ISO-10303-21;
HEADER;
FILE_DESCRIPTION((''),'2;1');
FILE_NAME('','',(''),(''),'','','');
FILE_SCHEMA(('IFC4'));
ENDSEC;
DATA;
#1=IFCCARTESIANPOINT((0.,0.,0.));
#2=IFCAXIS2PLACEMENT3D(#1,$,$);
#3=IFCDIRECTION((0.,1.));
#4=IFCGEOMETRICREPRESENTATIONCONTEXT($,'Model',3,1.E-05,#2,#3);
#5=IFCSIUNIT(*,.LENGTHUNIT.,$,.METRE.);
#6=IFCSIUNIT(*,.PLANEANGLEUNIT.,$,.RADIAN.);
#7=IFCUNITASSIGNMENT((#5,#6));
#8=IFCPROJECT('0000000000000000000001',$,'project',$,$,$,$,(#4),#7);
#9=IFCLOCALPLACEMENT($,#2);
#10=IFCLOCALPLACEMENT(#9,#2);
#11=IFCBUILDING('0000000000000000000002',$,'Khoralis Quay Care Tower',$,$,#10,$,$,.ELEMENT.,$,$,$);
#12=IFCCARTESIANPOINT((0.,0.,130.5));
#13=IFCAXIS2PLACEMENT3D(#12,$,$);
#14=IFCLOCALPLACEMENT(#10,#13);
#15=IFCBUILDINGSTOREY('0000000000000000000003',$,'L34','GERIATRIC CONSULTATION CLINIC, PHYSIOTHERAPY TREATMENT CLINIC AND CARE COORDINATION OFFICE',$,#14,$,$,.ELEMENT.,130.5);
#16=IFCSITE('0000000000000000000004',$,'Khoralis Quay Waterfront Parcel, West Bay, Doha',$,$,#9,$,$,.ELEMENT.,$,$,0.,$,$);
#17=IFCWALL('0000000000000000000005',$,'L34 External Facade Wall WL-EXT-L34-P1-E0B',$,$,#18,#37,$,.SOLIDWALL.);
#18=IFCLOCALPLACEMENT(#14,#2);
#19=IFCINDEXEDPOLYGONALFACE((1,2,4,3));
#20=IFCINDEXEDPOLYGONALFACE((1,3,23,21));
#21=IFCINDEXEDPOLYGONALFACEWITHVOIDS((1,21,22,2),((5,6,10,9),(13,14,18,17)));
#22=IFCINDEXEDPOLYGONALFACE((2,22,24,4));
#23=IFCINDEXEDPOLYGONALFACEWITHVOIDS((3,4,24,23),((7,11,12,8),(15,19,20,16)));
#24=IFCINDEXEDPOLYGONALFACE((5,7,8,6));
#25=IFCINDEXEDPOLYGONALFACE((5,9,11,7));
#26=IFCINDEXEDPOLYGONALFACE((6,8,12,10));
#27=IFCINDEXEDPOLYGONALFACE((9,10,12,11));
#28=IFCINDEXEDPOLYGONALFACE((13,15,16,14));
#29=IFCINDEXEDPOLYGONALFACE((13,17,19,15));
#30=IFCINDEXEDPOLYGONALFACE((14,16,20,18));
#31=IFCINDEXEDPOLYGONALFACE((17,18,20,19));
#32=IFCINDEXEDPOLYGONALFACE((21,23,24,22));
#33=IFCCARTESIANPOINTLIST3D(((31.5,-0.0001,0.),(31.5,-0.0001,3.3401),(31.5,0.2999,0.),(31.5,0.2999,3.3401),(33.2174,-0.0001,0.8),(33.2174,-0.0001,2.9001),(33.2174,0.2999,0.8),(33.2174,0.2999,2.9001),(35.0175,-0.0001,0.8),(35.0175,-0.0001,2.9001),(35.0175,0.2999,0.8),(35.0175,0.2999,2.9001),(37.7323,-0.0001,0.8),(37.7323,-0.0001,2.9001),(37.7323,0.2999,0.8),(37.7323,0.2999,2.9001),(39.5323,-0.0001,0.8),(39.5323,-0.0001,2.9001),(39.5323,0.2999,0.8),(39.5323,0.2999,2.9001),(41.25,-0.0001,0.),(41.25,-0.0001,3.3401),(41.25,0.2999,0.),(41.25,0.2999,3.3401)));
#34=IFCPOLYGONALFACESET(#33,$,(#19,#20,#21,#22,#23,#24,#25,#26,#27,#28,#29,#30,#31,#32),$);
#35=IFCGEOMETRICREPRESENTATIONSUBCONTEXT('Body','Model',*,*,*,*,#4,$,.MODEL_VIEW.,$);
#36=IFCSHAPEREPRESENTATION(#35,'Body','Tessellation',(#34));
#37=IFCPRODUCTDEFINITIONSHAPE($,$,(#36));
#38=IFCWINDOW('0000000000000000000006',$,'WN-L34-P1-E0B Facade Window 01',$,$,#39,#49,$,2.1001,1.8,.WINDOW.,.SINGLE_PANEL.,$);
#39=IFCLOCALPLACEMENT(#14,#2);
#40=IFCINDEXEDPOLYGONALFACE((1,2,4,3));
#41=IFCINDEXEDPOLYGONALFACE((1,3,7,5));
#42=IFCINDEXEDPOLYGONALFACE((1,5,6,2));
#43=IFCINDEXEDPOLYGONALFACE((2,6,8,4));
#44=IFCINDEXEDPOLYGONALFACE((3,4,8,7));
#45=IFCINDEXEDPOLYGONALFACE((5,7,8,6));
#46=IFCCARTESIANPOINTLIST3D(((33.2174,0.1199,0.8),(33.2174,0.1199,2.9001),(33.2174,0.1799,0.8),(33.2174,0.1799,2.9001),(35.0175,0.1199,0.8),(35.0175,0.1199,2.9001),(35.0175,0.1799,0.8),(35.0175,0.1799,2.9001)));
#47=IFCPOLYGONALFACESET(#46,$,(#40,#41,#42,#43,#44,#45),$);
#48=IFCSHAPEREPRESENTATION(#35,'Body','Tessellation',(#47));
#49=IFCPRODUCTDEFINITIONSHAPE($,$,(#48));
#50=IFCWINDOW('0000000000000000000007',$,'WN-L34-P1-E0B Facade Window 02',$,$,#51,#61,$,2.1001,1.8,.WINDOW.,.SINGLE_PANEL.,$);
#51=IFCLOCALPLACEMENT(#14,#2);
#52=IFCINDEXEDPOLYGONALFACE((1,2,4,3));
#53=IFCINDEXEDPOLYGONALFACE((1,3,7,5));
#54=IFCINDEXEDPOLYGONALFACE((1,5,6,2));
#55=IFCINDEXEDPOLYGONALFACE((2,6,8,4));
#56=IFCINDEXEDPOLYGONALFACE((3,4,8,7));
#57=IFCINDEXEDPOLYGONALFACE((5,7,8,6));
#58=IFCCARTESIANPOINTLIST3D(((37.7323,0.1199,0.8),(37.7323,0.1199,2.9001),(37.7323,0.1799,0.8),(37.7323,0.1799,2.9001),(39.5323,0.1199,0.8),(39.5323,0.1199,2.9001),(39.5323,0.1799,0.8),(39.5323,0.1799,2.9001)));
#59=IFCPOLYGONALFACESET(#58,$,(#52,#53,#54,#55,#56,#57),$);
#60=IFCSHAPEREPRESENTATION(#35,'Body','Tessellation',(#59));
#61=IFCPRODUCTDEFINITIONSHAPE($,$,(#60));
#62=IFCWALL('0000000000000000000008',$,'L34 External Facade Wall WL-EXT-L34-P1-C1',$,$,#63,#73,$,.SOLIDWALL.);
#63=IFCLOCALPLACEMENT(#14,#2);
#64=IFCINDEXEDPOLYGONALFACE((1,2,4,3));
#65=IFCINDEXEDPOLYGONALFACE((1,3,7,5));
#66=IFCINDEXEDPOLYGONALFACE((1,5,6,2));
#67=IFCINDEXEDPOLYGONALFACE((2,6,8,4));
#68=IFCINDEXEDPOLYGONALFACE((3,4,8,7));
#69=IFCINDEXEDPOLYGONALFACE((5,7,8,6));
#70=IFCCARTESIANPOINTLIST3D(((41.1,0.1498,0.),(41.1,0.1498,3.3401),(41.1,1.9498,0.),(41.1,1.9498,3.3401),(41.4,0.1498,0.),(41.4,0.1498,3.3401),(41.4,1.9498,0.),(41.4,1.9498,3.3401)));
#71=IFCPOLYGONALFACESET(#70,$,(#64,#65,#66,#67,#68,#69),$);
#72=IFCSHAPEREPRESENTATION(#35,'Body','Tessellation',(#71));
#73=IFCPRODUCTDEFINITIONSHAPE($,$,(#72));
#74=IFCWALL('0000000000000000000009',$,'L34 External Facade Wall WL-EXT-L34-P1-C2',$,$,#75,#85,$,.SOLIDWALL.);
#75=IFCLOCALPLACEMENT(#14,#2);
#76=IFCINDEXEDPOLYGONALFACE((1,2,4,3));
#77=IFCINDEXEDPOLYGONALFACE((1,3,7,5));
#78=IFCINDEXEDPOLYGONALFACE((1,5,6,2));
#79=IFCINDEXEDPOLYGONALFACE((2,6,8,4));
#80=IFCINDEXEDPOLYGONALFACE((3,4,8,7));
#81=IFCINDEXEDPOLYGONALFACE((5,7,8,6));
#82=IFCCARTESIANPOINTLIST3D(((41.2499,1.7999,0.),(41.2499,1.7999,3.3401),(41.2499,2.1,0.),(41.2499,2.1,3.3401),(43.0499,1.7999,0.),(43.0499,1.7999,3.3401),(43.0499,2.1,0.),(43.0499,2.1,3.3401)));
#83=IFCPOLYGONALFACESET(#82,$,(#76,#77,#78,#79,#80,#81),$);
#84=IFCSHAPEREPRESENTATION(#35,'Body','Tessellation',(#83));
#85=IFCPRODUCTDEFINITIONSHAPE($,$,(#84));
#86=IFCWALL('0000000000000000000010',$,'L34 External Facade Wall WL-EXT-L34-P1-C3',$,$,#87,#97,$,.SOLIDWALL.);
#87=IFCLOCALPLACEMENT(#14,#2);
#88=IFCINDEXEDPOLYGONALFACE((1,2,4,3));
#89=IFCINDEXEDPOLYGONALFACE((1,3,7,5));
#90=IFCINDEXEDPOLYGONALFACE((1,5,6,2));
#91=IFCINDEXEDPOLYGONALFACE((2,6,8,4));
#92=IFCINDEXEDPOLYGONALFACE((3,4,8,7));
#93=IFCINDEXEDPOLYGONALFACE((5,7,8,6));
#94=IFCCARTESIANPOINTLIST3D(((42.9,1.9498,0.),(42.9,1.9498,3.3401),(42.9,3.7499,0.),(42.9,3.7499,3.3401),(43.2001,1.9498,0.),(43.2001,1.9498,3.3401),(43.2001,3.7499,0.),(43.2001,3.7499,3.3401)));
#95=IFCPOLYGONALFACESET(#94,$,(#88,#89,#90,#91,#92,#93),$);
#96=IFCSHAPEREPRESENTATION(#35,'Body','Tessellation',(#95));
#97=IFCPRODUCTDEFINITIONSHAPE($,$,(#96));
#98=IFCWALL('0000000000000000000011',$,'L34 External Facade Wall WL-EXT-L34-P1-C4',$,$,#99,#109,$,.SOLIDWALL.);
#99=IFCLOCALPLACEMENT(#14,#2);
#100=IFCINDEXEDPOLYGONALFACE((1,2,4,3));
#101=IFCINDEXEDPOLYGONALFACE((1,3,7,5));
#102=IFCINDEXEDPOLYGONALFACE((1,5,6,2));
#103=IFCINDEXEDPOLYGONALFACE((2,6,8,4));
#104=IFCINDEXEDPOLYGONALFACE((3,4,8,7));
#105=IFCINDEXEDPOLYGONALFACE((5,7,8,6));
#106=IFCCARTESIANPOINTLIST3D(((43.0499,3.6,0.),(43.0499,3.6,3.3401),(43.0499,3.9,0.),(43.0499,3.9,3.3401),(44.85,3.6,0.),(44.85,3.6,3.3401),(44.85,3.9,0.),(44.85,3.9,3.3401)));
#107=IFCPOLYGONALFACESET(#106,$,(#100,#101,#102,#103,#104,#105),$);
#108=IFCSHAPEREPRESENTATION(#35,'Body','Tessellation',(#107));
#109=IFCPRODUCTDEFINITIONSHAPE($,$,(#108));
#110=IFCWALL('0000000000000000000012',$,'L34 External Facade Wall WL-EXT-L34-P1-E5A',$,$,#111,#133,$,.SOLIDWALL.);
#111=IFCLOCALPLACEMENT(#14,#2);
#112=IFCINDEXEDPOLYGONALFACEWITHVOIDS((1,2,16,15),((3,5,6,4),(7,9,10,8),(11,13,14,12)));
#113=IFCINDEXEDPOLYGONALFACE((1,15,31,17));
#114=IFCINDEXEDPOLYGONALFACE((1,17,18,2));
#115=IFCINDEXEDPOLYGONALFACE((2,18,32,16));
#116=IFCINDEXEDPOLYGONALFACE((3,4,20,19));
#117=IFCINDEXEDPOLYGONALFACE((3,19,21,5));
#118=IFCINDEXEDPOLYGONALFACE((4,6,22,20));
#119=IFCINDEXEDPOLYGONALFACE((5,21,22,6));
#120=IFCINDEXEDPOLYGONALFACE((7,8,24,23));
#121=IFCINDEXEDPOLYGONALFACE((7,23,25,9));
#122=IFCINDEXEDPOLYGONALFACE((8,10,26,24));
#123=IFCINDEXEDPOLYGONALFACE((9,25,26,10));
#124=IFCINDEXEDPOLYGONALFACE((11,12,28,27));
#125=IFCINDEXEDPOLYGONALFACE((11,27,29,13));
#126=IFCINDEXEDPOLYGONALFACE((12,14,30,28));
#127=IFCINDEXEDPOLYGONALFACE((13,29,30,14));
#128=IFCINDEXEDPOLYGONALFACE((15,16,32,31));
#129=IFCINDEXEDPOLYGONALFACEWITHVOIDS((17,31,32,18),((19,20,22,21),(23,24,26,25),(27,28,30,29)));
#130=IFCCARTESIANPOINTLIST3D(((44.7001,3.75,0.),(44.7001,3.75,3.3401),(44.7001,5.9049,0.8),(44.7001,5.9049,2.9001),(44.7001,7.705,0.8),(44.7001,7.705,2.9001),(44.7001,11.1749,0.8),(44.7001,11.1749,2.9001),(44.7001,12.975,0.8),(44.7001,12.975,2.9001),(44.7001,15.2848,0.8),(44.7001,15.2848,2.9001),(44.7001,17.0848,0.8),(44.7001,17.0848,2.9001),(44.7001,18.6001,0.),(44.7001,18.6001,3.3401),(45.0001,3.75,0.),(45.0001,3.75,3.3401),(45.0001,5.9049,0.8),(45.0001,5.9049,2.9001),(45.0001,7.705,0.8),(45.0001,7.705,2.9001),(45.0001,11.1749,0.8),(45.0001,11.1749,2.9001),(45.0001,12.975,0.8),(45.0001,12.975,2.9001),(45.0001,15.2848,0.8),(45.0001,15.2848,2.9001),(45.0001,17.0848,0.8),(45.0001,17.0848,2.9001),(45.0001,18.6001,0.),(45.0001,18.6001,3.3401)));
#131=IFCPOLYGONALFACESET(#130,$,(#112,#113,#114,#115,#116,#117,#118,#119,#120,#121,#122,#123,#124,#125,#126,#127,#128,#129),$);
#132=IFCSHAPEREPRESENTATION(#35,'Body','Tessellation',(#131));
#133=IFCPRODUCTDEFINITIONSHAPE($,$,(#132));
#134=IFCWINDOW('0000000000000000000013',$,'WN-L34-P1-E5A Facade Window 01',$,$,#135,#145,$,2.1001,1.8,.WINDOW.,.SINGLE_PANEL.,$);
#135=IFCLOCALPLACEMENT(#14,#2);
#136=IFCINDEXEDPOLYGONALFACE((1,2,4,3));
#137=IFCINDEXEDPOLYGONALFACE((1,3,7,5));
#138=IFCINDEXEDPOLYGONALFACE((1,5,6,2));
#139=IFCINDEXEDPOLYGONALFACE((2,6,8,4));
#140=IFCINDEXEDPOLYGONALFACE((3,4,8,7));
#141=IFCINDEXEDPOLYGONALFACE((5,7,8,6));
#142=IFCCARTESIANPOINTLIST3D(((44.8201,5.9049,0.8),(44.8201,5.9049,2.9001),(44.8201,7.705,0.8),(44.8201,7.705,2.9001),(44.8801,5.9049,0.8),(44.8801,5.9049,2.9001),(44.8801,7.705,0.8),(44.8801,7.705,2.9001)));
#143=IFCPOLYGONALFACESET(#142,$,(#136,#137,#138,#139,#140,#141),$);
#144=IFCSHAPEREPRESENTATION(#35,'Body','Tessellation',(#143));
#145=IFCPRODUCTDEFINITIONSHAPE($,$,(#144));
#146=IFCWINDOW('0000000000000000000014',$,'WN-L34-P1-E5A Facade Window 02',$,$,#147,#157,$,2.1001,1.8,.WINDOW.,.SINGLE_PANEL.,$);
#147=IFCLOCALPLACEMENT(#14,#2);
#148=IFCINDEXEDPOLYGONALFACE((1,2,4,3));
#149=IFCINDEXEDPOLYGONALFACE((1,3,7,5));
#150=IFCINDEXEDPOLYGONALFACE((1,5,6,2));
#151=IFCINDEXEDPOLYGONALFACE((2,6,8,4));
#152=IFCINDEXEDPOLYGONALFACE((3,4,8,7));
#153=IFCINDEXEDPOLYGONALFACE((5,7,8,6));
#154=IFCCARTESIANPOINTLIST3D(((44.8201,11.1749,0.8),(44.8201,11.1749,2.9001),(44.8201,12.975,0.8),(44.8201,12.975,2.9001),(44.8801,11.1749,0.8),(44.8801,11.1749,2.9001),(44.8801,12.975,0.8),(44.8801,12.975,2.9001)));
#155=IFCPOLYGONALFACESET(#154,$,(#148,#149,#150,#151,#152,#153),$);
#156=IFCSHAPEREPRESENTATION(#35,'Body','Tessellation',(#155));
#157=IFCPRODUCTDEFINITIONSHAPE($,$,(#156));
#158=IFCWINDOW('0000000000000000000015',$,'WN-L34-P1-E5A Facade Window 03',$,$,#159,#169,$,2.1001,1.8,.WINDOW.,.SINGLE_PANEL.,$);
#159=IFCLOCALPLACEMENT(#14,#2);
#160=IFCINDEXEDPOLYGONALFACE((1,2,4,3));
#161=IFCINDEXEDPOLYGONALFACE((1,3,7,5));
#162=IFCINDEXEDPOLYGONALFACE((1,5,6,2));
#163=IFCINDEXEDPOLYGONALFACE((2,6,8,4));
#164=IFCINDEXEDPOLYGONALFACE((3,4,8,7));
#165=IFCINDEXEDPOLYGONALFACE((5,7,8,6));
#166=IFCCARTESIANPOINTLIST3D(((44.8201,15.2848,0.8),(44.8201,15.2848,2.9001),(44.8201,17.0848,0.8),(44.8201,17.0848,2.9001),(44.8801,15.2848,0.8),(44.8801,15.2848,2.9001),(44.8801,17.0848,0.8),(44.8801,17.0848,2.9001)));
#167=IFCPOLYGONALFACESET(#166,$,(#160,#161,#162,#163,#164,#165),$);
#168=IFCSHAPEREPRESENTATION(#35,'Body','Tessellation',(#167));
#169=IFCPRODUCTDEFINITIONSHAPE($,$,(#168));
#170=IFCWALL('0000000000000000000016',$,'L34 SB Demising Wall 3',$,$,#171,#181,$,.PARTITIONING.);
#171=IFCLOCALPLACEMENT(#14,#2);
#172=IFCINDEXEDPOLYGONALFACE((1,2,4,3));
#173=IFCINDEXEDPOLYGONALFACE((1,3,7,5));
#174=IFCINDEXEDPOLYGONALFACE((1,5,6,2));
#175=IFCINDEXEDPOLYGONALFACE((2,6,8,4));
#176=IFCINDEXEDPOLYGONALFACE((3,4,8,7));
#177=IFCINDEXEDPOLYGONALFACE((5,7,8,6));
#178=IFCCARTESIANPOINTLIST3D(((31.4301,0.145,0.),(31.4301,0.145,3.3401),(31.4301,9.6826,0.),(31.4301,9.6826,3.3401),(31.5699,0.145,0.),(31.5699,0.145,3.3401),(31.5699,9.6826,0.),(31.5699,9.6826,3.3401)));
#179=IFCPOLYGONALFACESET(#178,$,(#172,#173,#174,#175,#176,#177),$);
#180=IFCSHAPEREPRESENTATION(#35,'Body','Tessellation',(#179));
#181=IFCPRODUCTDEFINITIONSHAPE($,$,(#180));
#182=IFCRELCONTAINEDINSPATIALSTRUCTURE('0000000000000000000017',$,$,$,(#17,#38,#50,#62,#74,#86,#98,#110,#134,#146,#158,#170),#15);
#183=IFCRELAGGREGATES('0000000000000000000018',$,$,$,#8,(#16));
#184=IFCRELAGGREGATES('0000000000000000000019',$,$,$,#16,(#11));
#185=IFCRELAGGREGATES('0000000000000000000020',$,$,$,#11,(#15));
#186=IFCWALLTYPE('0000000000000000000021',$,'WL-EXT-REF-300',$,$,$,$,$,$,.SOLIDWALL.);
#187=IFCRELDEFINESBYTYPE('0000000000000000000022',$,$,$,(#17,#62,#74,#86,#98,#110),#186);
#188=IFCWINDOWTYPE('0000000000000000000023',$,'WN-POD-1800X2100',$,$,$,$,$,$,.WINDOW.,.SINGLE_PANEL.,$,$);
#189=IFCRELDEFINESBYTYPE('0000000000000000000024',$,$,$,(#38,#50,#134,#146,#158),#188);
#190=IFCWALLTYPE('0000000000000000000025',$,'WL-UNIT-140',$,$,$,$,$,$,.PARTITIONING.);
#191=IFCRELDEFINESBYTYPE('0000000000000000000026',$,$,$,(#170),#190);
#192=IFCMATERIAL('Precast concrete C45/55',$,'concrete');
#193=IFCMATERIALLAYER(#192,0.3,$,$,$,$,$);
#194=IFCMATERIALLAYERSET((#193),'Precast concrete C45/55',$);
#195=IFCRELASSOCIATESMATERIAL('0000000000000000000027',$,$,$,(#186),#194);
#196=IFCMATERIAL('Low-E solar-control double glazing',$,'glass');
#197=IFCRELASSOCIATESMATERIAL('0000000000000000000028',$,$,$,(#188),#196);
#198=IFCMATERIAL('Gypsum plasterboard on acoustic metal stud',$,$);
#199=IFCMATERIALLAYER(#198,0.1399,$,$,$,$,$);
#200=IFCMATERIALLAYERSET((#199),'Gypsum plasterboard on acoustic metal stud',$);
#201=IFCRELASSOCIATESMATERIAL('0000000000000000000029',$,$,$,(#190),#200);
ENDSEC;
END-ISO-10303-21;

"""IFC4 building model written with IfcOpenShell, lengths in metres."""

from ifc_helpers import new_model, si_unit, direction, frame, frame_2d, origin, place, context, subcontext, project, spatial, rectangle, extrude, source, transform, mapped, material, layer, layer_set, type_object, element, fill, save


model = new_model("IFC4")

# Units and contexts
model_context = context("Model", 3, precision=1e-05, world=origin(), true_north=direction((0.0, 1.0)))
body_context = subcontext(model_context, "Body", "Model", "MODEL_VIEW")
ifc_project = project(units=[si_unit("LENGTHUNIT", "METRE"), si_unit("PLANEANGLEUNIT", "RADIAN")], contexts=[model_context])

# Site, building, storey
site_placement = place(None, origin())
site = spatial("IfcSite", under=ifc_project, at=site_placement, Name="Khoralis Quay Waterfront Parcel, West Bay, Doha", CompositionType="ELEMENT", RefElevation=0.0)
building_placement = place(site_placement, origin())
building = spatial("IfcBuilding", under=site, at=building_placement, Name="Khoralis Quay Care Tower", CompositionType="ELEMENT")
storey_placement = place(building_placement, frame((0.0, 0.0, 130.5)))
storey = spatial("IfcBuildingStorey", under=building, at=storey_placement, Name="L34", Description="GERIATRIC CONSULTATION CLINIC, PHYSIOTHERAPY TREATMENT CLINIC AND CARE COORDINATION OFFICE", CompositionType="ELEMENT", Elevation=130.5)

# Shared definitions
ifc_material_1 = material(Name="Gypsum plasterboard on acoustic metal stud")

# Wall, openings, windows
ifc_material_2 = material(Name="Precast concrete C45/55", Category="concrete")
ifc_layer_1 = layer(ifc_material_2, 0.3)
ifc_layer_set_1 = layer_set([ifc_layer_1], Name="Precast concrete C45/55")
wall_type_1 = type_object("IfcWallType", Name="WL-EXT-REF-300", PredefinedType="SOLIDWALL", material=ifc_layer_set_1)
wall_1_placement = place(storey_placement, frame((31.5, 0.1499, 0.0), z_axis=(0.0, 0.0, 1.0), x_axis=(1.0, 0.0, 0.0)))
wall_1 = element("IfcWall", 1, at=wall_1_placement, inside=storey, type_object=wall_type_1, Name="L34 External Facade Wall WL-EXT-L34-P1-E0B", PredefinedType="SOLIDWALL", context=body_context, shape_type="SweptSolid", body=[
    extrude(rectangle(XDim=9.75, YDim=0.3, at=frame_2d((4.875, 0.0))), origin(), (0.0, 0.0, 1.0), 3.3401),
])
opening_1_placement = place(wall_1_placement, frame((1.7175, 0.0, 0.8)))
opening_1 = element("IfcOpeningElement", 2, at=opening_1_placement, cuts=wall_1, PredefinedType="OPENING", context=body_context, shape_type="SweptSolid", body=[
    extrude(rectangle(XDim=1.8, YDim=2.1001, at=frame_2d((0.8999, 1.05))), frame((0.0, 0.1602, 0.0), z_axis=(0.0, -1.0, 0.0), x_axis=(1.0, 0.0, 0.0)), (0.0, 0.0, 1.0), 0.3201),
])
opening_2_placement = place(wall_1_placement, frame((6.2324, 0.0, 0.8)))
opening_2 = element("IfcOpeningElement", 3, at=opening_2_placement, cuts=wall_1, PredefinedType="OPENING", context=body_context, shape_type="SweptSolid", body=[
    extrude(rectangle(XDim=1.8, YDim=2.1001, at=frame_2d((0.8999, 1.05))), frame((0.0, 0.1602, 0.0), z_axis=(0.0, -1.0, 0.0), x_axis=(1.0, 0.0, 0.0)), (0.0, 0.0, 1.0), 0.3201),
])
ifc_material_3 = material(Name="Low-E solar-control double glazing", Category="glass")
window_type = type_object("IfcWindowType", Name="WN-POD-1800X2100", PartitioningType="SINGLE_PANEL", PredefinedType="WINDOW", material=ifc_material_3)
shared_shape_1 = source(origin(), body_context, "Body", "SweptSolid", [
    extrude(rectangle(XDim=1.8, YDim=2.1001, at=frame_2d((0.8999, 1.05))), frame((0.0, 0.03, 0.0), z_axis=(0.0, -1.0, 0.0), x_axis=(1.0, 0.0, 0.0)), (0.0, 0.0, 1.0), 0.0601),
])
window_1_placement = place(opening_1_placement, origin())
window_1 = element("IfcWindow", 4, at=window_1_placement, inside=storey, type_object=window_type, Name="WN-L34-P1-E0B Facade Window 01", OverallHeight=2.1001, OverallWidth=1.8, PartitioningType="SINGLE_PANEL", PredefinedType="WINDOW", context=body_context, shape_type="MappedRepresentation", body=[
    mapped(shared_shape_1, transform((0.0, 0.0, 0.0), scale=1.0)),
])
fill(opening_1, window_1)
window_2_placement = place(opening_2_placement, origin())
window_2 = element("IfcWindow", 5, at=window_2_placement, inside=storey, type_object=window_type, Name="WN-L34-P1-E0B Facade Window 02", OverallHeight=2.1001, OverallWidth=1.8, PartitioningType="SINGLE_PANEL", PredefinedType="WINDOW", context=body_context, shape_type="MappedRepresentation", body=[
    mapped(shared_shape_1, transform((0.0, 0.0, 0.0), scale=1.0)),
])
fill(opening_2, window_2)

# Walls
for number, where, z_axis, x_axis, name in (
    (6, (41.25, 0.1499, 0.0), (0.0, 0.0, 1.0), (0.0, 1.0, 0.0), "L34 External Facade Wall WL-EXT-L34-P1-C1"),
    (7, (41.25, 1.95, 0.0), (0.0, 0.0, 1.0), (1.0, 0.0, 0.0), "L34 External Facade Wall WL-EXT-L34-P1-C2"),
    (8, (43.05, 1.95, 0.0), (0.0, 0.0, 1.0), (0.0, 1.0, 0.0), "L34 External Facade Wall WL-EXT-L34-P1-C3"),
    (9, (43.05, 3.75, 0.0), (0.0, 0.0, 1.0), (1.0, 0.0, 0.0), "L34 External Facade Wall WL-EXT-L34-P1-C4"),
):
    element("IfcWall", number, at=place(storey_placement, frame(where, z_axis=z_axis, x_axis=x_axis)), inside=storey, type_object=wall_type_1, Name=name, PredefinedType="SOLIDWALL", context=body_context, shape_type="SweptSolid", body=[
        extrude(rectangle(XDim=1.8, YDim=0.3, at=frame_2d((0.8999, 0.0))), origin(), (0.0, 0.0, 1.0), 3.3401),
    ])

# Wall, openings, windows
wall_2_placement = place(storey_placement, frame((44.8501, 3.75, 0.0), z_axis=(0.0, 0.0, 1.0), x_axis=(0.0, 1.0, 0.0)))
wall_2 = element("IfcWall", 10, at=wall_2_placement, inside=storey, type_object=wall_type_1, Name="L34 External Facade Wall WL-EXT-L34-P1-E5A", PredefinedType="SOLIDWALL", context=body_context, shape_type="SweptSolid", body=[
    extrude(rectangle(XDim=14.8501, YDim=0.3, at=frame_2d((7.425, 0.0))), origin(), (0.0, 0.0, 1.0), 3.3401),
])
opening_3_placement = place(wall_2_placement, frame((2.155, 0.0, 0.8)))
opening_3 = element("IfcOpeningElement", 11, at=opening_3_placement, cuts=wall_2, PredefinedType="OPENING", context=body_context, shape_type="SweptSolid", body=[
    extrude(rectangle(XDim=1.8, YDim=2.1001, at=frame_2d((0.8999, 1.05))), frame((0.0, 0.1602, 0.0), z_axis=(0.0, -1.0, 0.0), x_axis=(1.0, 0.0, 0.0)), (0.0, 0.0, 1.0), 0.3201),
])
opening_4_placement = place(wall_2_placement, frame((7.425, 0.0, 0.8)))
opening_4 = element("IfcOpeningElement", 12, at=opening_4_placement, cuts=wall_2, PredefinedType="OPENING", context=body_context, shape_type="SweptSolid", body=[
    extrude(rectangle(XDim=1.8, YDim=2.1001, at=frame_2d((0.8999, 1.05))), frame((0.0, 0.1602, 0.0), z_axis=(0.0, -1.0, 0.0), x_axis=(1.0, 0.0, 0.0)), (0.0, 0.0, 1.0), 0.3201),
])
opening_5_placement = place(wall_2_placement, frame((11.5349, 0.0, 0.8)))
opening_5 = element("IfcOpeningElement", 13, at=opening_5_placement, cuts=wall_2, PredefinedType="OPENING", context=body_context, shape_type="SweptSolid", body=[
    extrude(rectangle(XDim=1.8, YDim=2.1001, at=frame_2d((0.8999, 1.05))), frame((0.0, 0.1602, 0.0), z_axis=(0.0, -1.0, 0.0), x_axis=(1.0, 0.0, 0.0)), (0.0, 0.0, 1.0), 0.3201),
])
window_3_placement = place(opening_3_placement, origin())
window_3 = element("IfcWindow", 14, at=window_3_placement, inside=storey, type_object=window_type, Name="WN-L34-P1-E5A Facade Window 01", OverallHeight=2.1001, OverallWidth=1.8, PartitioningType="SINGLE_PANEL", PredefinedType="WINDOW", context=body_context, shape_type="MappedRepresentation", body=[
    mapped(shared_shape_1, transform((0.0, 0.0, 0.0), scale=1.0)),
])
fill(opening_3, window_3)
window_4_placement = place(opening_4_placement, origin())
window_4 = element("IfcWindow", 15, at=window_4_placement, inside=storey, type_object=window_type, Name="WN-L34-P1-E5A Facade Window 02", OverallHeight=2.1001, OverallWidth=1.8, PartitioningType="SINGLE_PANEL", PredefinedType="WINDOW", context=body_context, shape_type="MappedRepresentation", body=[
    mapped(shared_shape_1, transform((0.0, 0.0, 0.0), scale=1.0)),
])
fill(opening_4, window_4)
window_5_placement = place(opening_5_placement, origin())
window_5 = element("IfcWindow", 16, at=window_5_placement, inside=storey, type_object=window_type, Name="WN-L34-P1-E5A Facade Window 03", OverallHeight=2.1001, OverallWidth=1.8, PartitioningType="SINGLE_PANEL", PredefinedType="WINDOW", context=body_context, shape_type="MappedRepresentation", body=[
    mapped(shared_shape_1, transform((0.0, 0.0, 0.0), scale=1.0)),
])
fill(opening_5, window_5)

# Wall
ifc_layer_2 = layer(ifc_material_1, 0.1399)
ifc_layer_set_2 = layer_set([ifc_layer_2], Name="Gypsum plasterboard on acoustic metal stud")
wall_type_2 = type_object("IfcWallType", Name="WL-UNIT-140", PredefinedType="PARTITIONING", material=ifc_layer_set_2)
wall_3_placement = place(storey_placement, frame((31.5, 0.145, 0.0), z_axis=(0.0, 0.0, 1.0), x_axis=(0.0, 1.0, 0.0)))
element("IfcWall", 17, at=wall_3_placement, inside=storey, type_object=wall_type_2, Name="L34 SB Demising Wall 3", PredefinedType="PARTITIONING", context=body_context, shape_type="SweptSolid", body=[
    extrude(rectangle(XDim=9.5376, YDim=0.1399, at=frame_2d((4.7688, 0.0))), origin(), (0.0, 0.0, 1.0), 3.3401),
])

save(model, "model.ifc")
